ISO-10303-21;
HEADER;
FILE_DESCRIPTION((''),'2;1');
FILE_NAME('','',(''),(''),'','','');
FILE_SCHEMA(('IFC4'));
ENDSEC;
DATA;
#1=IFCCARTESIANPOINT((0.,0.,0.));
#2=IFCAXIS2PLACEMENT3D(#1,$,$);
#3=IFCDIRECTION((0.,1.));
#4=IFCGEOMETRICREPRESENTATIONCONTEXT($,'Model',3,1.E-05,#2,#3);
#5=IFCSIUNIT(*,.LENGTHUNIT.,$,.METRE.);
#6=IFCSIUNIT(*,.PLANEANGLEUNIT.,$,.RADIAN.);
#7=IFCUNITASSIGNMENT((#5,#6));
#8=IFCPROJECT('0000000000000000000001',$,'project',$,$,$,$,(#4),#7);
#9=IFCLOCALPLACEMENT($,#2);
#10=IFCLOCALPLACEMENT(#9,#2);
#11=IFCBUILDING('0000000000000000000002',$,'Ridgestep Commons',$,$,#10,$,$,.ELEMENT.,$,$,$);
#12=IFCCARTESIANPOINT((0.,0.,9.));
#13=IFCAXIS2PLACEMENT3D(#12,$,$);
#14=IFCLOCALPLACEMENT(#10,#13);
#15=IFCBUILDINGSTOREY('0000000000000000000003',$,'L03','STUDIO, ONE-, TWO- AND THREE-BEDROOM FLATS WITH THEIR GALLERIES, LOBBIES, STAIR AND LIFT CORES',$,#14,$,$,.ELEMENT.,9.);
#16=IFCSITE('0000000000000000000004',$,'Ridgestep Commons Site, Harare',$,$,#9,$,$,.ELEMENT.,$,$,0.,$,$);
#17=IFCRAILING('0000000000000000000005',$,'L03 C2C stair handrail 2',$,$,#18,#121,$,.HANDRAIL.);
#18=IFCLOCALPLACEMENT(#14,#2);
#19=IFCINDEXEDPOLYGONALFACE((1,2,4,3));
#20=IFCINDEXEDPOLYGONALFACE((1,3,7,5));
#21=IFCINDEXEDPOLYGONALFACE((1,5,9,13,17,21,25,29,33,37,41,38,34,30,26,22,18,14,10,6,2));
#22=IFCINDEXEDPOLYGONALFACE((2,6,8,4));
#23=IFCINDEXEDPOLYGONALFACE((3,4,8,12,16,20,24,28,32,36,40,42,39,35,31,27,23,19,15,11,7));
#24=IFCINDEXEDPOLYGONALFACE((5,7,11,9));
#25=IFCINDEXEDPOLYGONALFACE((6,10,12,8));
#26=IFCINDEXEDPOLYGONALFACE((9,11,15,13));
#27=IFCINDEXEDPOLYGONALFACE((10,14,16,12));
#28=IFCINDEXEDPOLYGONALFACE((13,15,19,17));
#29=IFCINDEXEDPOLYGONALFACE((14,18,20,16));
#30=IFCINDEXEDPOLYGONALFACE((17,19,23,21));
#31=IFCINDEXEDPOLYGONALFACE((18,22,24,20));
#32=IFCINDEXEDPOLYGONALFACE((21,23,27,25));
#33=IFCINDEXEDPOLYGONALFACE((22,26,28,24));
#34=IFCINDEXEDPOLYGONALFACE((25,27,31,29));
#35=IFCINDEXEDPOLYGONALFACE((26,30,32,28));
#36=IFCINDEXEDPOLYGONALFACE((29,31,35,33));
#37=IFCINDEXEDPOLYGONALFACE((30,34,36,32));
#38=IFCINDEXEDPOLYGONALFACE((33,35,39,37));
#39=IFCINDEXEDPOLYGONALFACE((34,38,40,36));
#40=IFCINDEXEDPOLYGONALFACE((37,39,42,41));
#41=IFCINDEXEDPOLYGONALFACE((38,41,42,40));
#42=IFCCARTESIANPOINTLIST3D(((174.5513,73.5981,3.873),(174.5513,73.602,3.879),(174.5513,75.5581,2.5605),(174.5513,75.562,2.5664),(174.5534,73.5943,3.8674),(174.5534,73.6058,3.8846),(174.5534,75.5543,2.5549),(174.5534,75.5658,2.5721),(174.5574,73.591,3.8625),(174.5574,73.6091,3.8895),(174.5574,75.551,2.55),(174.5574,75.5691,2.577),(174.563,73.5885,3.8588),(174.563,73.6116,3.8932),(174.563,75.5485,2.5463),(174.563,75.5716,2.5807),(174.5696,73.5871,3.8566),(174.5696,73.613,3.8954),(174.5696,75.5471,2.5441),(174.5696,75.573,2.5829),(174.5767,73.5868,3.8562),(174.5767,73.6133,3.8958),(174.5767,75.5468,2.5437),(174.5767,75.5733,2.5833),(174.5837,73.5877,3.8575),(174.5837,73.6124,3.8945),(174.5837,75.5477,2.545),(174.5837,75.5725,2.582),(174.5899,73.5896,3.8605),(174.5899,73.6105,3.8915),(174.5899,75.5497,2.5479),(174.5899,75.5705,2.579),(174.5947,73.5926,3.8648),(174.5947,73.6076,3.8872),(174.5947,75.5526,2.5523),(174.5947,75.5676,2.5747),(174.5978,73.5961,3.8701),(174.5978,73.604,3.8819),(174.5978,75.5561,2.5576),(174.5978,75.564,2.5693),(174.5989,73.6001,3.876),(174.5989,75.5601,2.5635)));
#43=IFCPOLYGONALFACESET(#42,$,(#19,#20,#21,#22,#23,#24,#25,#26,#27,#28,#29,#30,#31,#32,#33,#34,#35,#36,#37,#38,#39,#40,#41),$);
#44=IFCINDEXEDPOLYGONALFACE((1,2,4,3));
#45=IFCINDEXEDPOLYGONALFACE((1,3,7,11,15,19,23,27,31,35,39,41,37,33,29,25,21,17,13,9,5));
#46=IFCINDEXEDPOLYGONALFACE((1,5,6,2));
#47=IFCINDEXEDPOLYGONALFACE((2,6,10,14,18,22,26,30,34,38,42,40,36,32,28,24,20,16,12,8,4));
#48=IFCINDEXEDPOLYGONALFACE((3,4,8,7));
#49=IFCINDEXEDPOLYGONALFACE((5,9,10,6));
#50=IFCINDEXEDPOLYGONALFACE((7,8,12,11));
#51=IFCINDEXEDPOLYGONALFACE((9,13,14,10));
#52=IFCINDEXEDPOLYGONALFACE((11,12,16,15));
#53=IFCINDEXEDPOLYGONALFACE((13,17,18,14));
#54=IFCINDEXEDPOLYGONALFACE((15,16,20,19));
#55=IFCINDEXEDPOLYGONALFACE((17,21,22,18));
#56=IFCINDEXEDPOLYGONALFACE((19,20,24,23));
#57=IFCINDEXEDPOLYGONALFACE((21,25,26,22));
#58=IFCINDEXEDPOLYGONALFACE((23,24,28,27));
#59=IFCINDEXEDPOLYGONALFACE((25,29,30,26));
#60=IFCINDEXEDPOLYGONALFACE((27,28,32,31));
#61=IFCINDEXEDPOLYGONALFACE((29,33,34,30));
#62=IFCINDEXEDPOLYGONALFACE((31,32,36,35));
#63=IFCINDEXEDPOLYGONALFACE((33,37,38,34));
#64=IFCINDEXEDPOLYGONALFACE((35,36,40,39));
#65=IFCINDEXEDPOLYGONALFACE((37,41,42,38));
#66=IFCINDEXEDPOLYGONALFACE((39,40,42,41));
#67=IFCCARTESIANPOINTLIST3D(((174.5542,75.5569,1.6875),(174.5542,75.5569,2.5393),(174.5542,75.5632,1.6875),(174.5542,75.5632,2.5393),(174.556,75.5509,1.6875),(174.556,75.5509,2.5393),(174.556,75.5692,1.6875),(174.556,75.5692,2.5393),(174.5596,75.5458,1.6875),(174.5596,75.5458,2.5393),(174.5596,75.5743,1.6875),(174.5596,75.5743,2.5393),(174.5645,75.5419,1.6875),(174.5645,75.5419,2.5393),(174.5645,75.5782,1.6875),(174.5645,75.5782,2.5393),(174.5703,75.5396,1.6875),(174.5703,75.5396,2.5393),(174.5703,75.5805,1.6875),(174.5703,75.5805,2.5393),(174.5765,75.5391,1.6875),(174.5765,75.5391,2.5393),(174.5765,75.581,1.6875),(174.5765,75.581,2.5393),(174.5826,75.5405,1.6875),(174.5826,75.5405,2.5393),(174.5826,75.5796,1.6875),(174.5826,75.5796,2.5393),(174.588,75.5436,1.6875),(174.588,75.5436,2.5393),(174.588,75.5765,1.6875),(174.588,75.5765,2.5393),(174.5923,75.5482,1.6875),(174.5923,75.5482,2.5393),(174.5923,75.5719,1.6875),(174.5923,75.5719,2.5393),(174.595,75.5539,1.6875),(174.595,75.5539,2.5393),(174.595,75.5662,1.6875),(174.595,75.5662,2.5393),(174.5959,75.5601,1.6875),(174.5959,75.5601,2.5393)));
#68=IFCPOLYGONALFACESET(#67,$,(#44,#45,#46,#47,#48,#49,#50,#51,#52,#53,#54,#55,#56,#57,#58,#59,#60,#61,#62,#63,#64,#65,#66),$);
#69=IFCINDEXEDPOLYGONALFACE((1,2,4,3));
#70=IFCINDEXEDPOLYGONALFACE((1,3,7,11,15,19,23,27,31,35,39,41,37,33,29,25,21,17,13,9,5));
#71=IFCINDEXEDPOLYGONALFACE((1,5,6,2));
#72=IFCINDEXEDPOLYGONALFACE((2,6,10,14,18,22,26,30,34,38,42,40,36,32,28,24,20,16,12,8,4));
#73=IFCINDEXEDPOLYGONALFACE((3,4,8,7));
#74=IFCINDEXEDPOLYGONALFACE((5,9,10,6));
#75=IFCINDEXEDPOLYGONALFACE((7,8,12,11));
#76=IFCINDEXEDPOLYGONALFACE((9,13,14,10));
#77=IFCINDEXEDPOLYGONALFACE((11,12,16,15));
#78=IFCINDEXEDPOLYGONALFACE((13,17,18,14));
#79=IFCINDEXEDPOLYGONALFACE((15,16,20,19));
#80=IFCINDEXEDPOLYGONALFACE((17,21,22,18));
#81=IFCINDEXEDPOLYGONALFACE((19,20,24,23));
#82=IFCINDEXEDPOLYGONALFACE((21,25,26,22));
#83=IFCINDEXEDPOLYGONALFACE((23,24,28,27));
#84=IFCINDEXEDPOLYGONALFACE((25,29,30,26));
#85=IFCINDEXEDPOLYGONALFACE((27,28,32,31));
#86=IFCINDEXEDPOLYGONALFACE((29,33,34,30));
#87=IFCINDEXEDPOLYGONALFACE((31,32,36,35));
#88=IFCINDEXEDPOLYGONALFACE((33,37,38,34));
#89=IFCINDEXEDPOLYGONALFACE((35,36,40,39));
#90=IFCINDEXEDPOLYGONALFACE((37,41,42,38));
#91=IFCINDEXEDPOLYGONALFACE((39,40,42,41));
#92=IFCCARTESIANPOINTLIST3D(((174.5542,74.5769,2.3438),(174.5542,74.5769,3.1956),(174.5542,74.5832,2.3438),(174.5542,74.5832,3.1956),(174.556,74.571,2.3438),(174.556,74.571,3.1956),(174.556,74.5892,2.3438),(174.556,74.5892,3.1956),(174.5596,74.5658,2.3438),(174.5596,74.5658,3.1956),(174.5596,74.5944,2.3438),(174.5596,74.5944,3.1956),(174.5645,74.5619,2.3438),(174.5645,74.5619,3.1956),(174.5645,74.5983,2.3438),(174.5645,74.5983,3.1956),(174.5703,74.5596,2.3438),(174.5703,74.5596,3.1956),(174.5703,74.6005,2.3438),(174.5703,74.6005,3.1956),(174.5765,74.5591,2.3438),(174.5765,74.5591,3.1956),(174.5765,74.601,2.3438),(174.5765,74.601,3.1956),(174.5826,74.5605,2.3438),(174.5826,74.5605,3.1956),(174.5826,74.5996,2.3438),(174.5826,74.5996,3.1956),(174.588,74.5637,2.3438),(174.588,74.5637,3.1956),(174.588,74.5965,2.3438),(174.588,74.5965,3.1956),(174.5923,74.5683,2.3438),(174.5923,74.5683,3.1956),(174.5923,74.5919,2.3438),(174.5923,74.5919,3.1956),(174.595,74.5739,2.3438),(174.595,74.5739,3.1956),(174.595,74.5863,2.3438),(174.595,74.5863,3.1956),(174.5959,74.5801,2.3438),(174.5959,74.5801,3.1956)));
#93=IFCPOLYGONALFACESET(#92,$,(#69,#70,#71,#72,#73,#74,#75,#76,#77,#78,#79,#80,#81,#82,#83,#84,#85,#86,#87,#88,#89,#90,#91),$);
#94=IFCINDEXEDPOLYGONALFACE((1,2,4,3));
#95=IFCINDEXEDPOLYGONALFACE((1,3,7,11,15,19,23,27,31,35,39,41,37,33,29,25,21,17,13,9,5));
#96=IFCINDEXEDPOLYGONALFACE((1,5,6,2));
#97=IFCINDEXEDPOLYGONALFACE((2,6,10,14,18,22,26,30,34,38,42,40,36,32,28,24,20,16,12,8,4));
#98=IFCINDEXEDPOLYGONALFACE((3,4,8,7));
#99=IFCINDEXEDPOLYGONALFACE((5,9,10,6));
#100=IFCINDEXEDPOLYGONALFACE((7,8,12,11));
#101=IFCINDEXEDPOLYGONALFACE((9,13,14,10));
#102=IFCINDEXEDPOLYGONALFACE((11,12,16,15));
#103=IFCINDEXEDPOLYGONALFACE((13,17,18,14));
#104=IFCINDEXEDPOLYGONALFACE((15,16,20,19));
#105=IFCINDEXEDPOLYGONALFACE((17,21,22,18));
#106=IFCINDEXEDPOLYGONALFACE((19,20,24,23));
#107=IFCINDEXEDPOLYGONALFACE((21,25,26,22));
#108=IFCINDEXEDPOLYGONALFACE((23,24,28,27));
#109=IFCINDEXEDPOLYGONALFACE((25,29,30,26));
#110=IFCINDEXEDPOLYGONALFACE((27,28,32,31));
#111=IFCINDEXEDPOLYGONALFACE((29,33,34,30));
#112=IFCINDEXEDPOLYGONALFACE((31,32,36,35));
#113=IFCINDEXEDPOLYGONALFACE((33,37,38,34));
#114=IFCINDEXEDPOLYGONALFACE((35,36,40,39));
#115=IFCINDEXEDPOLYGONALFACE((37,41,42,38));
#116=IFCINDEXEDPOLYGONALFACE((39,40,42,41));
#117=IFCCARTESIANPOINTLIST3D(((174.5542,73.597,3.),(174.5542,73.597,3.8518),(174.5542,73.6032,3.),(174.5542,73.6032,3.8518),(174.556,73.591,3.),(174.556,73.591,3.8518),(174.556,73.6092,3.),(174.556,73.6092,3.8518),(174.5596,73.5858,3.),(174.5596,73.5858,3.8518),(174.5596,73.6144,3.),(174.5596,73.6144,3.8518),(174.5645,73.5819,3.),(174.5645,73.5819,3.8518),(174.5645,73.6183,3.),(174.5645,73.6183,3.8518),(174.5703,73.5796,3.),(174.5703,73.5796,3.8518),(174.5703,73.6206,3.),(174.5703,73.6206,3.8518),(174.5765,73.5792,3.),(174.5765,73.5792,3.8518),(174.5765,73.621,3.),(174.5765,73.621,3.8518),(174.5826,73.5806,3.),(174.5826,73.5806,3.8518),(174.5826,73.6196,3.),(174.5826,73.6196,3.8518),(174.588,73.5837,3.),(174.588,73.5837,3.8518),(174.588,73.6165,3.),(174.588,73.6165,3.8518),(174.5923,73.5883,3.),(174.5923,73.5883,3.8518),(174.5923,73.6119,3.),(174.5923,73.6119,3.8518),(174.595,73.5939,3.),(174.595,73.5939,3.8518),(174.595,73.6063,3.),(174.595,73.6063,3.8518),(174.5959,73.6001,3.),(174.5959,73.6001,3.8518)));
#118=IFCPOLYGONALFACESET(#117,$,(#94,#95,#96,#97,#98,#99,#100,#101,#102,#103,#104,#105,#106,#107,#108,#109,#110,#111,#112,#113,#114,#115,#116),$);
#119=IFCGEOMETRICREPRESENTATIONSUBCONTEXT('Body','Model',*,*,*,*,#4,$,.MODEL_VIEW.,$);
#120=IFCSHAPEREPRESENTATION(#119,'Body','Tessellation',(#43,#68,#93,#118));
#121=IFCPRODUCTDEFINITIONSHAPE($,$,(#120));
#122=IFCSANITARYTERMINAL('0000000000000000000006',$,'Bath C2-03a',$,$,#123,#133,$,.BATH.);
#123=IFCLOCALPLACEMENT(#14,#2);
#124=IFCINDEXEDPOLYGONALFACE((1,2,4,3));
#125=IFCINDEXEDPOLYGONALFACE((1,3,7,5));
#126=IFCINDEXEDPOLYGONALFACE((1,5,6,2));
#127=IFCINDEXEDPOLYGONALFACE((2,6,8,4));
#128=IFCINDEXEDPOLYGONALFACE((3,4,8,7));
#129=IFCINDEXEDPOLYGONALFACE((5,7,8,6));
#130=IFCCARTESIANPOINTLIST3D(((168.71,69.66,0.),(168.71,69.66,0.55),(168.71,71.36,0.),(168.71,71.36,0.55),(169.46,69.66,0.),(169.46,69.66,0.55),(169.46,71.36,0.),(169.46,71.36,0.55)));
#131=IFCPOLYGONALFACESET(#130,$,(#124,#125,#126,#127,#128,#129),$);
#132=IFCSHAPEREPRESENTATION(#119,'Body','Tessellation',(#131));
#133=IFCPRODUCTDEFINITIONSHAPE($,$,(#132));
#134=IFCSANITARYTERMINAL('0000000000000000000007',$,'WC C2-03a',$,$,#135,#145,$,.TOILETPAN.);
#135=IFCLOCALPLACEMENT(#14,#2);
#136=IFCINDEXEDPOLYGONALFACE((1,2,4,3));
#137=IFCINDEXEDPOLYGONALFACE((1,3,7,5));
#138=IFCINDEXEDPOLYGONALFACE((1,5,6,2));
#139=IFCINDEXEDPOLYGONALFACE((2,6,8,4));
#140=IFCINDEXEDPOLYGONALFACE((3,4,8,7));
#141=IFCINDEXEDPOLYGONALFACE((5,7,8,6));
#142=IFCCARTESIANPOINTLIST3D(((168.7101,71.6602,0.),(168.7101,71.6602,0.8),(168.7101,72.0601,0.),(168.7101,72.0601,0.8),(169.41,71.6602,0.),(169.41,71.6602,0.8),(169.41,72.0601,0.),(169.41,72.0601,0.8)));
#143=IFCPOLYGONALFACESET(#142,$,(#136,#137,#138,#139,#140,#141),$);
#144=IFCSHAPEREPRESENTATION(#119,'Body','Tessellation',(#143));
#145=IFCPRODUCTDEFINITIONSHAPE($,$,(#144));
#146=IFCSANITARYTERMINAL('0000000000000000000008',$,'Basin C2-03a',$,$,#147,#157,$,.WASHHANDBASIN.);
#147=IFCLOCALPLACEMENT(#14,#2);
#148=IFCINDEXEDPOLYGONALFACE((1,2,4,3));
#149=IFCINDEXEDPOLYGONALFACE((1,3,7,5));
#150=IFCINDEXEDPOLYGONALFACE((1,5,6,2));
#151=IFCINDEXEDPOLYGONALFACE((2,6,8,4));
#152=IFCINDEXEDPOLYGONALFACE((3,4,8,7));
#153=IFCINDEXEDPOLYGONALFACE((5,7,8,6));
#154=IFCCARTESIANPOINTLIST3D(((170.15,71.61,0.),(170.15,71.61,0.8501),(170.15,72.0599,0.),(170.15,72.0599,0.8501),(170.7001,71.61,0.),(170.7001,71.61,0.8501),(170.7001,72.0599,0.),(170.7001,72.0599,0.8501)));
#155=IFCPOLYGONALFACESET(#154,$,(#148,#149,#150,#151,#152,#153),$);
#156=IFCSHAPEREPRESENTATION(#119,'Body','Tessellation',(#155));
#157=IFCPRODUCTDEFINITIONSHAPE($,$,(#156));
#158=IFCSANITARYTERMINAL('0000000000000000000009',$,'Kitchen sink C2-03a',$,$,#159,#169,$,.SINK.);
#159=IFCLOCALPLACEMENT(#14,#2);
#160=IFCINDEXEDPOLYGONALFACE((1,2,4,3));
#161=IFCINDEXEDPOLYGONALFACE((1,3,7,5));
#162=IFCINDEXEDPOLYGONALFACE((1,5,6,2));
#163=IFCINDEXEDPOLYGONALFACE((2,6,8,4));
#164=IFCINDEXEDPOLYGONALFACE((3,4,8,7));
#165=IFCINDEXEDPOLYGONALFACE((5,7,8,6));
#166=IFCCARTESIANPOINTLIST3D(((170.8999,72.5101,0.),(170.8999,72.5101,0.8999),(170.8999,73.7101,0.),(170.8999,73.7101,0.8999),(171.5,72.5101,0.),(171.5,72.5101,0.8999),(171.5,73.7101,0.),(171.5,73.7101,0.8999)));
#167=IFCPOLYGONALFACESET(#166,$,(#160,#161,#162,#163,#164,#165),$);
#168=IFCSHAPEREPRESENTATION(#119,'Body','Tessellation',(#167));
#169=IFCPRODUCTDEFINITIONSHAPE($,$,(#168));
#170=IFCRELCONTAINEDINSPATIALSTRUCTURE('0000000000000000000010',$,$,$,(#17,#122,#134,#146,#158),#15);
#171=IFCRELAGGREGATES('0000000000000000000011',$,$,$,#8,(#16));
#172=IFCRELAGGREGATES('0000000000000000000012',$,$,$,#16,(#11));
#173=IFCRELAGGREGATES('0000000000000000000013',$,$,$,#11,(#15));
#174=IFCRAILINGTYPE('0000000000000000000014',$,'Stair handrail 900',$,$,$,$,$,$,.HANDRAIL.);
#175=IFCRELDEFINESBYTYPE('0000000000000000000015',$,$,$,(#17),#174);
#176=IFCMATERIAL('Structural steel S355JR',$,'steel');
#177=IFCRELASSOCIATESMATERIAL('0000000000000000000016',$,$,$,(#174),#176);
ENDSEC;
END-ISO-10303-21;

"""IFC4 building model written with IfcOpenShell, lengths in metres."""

from ifc_helpers import new_model, si_unit, direction, frame, origin, origin_2d, place, context, subcontext, project, spatial, rectangle, circle, extrude, material, type_object, element, save


model = new_model("IFC4")

# Units and contexts
model_context = context("Model", 3, precision=1e-05, world=origin(), true_north=direction((0.0, 1.0)))
body_context = subcontext(model_context, "Body", "Model", "MODEL_VIEW")
ifc_project = project(units=[si_unit("LENGTHUNIT", "METRE"), si_unit("PLANEANGLEUNIT", "RADIAN")], contexts=[model_context])

# Site, building, storey
site_placement = place(None, origin())
site = spatial("IfcSite", under=ifc_project, at=site_placement, Name="Ridgestep Commons Site, Harare", CompositionType="ELEMENT", RefElevation=0.0)
building_placement = place(site_placement, origin())
building = spatial("IfcBuilding", under=site, at=building_placement, Name="Ridgestep Commons", CompositionType="ELEMENT")
storey_placement = place(building_placement, frame((0.0, 0.0, 9.0)))
storey = spatial("IfcBuildingStorey", under=building, at=storey_placement, Name="L03", Description="STUDIO, ONE-, TWO- AND THREE-BEDROOM FLATS WITH THEIR GALLERIES, LOBBIES, STAIR AND LIFT CORES", CompositionType="ELEMENT", Elevation=9.0)

# Railing
ifc_material_1 = material(Name="Structural steel S355JR", Category="steel")
railing_type_1 = type_object("IfcRailingType", Name="Stair handrail 900", PredefinedType="HANDRAIL", material=ifc_material_1)
railing_1_placement = place(storey_placement, frame((174.575, 75.5601, 1.6875)))
element("IfcRailing", 1, at=railing_1_placement, inside=storey, type_object=railing_type_1, Name="L03 C2C stair handrail 2", PredefinedType="HANDRAIL", context=body_context, shape_type="SweptSolid", body=[
    extrude(circle(Radius=0.0239, at=origin_2d()), frame((0.0, 0.0, 0.876), z_axis=(0.0, -0.830902, 0.556419), x_axis=(1.0, 0.0, 0.0)), (0.0, 0.0, 1.0), 2.3589),
    extrude(circle(Radius=0.021, at=origin_2d()), origin(), (0.0, 0.0, 1.0), 0.8518),
    extrude(circle(Radius=0.021, at=origin_2d()), frame((0.0, -0.98, 0.6562)), (0.0, 0.0, 1.0), 0.8518),
    extrude(circle(Radius=0.021, at=origin_2d()), frame((0.0, -1.96, 1.3125)), (0.0, 0.0, 1.0), 0.8518),
])

# Sanitary terminals
sanitary_terminal_1_placement = place(storey_placement, frame((169.085, 70.51, 0.0), z_axis=(0.0, 0.0, 1.0), x_axis=(1.0, 0.0, 0.0)))
element("IfcSanitaryTerminal", 2, at=sanitary_terminal_1_placement, inside=storey, Name="Bath C2-03a", PredefinedType="BATH", context=body_context, shape_type="SweptSolid", body=[
    extrude(rectangle(XDim=0.75, YDim=1.7, at=origin_2d()), origin(), (0.0, 0.0, 1.0), 0.55),
])
sanitary_terminal_2_placement = place(storey_placement, frame((169.0601, 71.8601, 0.0), z_axis=(0.0, 0.0, 1.0), x_axis=(1.0, 0.0, 0.0)))
element("IfcSanitaryTerminal", 3, at=sanitary_terminal_2_placement, inside=storey, Name="WC C2-03a", PredefinedType="TOILETPAN", context=body_context, shape_type="SweptSolid", body=[
    extrude(rectangle(XDim=0.7, YDim=0.3999, at=origin_2d()), origin(), (0.0, 0.0, 1.0), 0.8),
])
sanitary_terminal_3_placement = place(storey_placement, frame((170.425, 71.835, 0.0), z_axis=(0.0, 0.0, 1.0), x_axis=(1.0, 0.0, 0.0)))
element("IfcSanitaryTerminal", 4, at=sanitary_terminal_3_placement, inside=storey, Name="Basin C2-03a", PredefinedType="WASHHANDBASIN", context=body_context, shape_type="SweptSolid", body=[
    extrude(rectangle(XDim=0.55, YDim=0.45, at=origin_2d()), origin(), (0.0, 0.0, 1.0), 0.8501),
])
sanitary_terminal_4_placement = place(storey_placement, frame((171.2, 73.1101, 0.0), z_axis=(0.0, 0.0, 1.0), x_axis=(1.0, 0.0, 0.0)))
element("IfcSanitaryTerminal", 5, at=sanitary_terminal_4_placement, inside=storey, Name="Kitchen sink C2-03a", PredefinedType="SINK", context=body_context, shape_type="SweptSolid", body=[
    extrude(rectangle(XDim=0.6001, YDim=1.2, at=origin_2d()), origin(), (0.0, 0.0, 1.0), 0.8999),
])

save(model, "model.ifc")
